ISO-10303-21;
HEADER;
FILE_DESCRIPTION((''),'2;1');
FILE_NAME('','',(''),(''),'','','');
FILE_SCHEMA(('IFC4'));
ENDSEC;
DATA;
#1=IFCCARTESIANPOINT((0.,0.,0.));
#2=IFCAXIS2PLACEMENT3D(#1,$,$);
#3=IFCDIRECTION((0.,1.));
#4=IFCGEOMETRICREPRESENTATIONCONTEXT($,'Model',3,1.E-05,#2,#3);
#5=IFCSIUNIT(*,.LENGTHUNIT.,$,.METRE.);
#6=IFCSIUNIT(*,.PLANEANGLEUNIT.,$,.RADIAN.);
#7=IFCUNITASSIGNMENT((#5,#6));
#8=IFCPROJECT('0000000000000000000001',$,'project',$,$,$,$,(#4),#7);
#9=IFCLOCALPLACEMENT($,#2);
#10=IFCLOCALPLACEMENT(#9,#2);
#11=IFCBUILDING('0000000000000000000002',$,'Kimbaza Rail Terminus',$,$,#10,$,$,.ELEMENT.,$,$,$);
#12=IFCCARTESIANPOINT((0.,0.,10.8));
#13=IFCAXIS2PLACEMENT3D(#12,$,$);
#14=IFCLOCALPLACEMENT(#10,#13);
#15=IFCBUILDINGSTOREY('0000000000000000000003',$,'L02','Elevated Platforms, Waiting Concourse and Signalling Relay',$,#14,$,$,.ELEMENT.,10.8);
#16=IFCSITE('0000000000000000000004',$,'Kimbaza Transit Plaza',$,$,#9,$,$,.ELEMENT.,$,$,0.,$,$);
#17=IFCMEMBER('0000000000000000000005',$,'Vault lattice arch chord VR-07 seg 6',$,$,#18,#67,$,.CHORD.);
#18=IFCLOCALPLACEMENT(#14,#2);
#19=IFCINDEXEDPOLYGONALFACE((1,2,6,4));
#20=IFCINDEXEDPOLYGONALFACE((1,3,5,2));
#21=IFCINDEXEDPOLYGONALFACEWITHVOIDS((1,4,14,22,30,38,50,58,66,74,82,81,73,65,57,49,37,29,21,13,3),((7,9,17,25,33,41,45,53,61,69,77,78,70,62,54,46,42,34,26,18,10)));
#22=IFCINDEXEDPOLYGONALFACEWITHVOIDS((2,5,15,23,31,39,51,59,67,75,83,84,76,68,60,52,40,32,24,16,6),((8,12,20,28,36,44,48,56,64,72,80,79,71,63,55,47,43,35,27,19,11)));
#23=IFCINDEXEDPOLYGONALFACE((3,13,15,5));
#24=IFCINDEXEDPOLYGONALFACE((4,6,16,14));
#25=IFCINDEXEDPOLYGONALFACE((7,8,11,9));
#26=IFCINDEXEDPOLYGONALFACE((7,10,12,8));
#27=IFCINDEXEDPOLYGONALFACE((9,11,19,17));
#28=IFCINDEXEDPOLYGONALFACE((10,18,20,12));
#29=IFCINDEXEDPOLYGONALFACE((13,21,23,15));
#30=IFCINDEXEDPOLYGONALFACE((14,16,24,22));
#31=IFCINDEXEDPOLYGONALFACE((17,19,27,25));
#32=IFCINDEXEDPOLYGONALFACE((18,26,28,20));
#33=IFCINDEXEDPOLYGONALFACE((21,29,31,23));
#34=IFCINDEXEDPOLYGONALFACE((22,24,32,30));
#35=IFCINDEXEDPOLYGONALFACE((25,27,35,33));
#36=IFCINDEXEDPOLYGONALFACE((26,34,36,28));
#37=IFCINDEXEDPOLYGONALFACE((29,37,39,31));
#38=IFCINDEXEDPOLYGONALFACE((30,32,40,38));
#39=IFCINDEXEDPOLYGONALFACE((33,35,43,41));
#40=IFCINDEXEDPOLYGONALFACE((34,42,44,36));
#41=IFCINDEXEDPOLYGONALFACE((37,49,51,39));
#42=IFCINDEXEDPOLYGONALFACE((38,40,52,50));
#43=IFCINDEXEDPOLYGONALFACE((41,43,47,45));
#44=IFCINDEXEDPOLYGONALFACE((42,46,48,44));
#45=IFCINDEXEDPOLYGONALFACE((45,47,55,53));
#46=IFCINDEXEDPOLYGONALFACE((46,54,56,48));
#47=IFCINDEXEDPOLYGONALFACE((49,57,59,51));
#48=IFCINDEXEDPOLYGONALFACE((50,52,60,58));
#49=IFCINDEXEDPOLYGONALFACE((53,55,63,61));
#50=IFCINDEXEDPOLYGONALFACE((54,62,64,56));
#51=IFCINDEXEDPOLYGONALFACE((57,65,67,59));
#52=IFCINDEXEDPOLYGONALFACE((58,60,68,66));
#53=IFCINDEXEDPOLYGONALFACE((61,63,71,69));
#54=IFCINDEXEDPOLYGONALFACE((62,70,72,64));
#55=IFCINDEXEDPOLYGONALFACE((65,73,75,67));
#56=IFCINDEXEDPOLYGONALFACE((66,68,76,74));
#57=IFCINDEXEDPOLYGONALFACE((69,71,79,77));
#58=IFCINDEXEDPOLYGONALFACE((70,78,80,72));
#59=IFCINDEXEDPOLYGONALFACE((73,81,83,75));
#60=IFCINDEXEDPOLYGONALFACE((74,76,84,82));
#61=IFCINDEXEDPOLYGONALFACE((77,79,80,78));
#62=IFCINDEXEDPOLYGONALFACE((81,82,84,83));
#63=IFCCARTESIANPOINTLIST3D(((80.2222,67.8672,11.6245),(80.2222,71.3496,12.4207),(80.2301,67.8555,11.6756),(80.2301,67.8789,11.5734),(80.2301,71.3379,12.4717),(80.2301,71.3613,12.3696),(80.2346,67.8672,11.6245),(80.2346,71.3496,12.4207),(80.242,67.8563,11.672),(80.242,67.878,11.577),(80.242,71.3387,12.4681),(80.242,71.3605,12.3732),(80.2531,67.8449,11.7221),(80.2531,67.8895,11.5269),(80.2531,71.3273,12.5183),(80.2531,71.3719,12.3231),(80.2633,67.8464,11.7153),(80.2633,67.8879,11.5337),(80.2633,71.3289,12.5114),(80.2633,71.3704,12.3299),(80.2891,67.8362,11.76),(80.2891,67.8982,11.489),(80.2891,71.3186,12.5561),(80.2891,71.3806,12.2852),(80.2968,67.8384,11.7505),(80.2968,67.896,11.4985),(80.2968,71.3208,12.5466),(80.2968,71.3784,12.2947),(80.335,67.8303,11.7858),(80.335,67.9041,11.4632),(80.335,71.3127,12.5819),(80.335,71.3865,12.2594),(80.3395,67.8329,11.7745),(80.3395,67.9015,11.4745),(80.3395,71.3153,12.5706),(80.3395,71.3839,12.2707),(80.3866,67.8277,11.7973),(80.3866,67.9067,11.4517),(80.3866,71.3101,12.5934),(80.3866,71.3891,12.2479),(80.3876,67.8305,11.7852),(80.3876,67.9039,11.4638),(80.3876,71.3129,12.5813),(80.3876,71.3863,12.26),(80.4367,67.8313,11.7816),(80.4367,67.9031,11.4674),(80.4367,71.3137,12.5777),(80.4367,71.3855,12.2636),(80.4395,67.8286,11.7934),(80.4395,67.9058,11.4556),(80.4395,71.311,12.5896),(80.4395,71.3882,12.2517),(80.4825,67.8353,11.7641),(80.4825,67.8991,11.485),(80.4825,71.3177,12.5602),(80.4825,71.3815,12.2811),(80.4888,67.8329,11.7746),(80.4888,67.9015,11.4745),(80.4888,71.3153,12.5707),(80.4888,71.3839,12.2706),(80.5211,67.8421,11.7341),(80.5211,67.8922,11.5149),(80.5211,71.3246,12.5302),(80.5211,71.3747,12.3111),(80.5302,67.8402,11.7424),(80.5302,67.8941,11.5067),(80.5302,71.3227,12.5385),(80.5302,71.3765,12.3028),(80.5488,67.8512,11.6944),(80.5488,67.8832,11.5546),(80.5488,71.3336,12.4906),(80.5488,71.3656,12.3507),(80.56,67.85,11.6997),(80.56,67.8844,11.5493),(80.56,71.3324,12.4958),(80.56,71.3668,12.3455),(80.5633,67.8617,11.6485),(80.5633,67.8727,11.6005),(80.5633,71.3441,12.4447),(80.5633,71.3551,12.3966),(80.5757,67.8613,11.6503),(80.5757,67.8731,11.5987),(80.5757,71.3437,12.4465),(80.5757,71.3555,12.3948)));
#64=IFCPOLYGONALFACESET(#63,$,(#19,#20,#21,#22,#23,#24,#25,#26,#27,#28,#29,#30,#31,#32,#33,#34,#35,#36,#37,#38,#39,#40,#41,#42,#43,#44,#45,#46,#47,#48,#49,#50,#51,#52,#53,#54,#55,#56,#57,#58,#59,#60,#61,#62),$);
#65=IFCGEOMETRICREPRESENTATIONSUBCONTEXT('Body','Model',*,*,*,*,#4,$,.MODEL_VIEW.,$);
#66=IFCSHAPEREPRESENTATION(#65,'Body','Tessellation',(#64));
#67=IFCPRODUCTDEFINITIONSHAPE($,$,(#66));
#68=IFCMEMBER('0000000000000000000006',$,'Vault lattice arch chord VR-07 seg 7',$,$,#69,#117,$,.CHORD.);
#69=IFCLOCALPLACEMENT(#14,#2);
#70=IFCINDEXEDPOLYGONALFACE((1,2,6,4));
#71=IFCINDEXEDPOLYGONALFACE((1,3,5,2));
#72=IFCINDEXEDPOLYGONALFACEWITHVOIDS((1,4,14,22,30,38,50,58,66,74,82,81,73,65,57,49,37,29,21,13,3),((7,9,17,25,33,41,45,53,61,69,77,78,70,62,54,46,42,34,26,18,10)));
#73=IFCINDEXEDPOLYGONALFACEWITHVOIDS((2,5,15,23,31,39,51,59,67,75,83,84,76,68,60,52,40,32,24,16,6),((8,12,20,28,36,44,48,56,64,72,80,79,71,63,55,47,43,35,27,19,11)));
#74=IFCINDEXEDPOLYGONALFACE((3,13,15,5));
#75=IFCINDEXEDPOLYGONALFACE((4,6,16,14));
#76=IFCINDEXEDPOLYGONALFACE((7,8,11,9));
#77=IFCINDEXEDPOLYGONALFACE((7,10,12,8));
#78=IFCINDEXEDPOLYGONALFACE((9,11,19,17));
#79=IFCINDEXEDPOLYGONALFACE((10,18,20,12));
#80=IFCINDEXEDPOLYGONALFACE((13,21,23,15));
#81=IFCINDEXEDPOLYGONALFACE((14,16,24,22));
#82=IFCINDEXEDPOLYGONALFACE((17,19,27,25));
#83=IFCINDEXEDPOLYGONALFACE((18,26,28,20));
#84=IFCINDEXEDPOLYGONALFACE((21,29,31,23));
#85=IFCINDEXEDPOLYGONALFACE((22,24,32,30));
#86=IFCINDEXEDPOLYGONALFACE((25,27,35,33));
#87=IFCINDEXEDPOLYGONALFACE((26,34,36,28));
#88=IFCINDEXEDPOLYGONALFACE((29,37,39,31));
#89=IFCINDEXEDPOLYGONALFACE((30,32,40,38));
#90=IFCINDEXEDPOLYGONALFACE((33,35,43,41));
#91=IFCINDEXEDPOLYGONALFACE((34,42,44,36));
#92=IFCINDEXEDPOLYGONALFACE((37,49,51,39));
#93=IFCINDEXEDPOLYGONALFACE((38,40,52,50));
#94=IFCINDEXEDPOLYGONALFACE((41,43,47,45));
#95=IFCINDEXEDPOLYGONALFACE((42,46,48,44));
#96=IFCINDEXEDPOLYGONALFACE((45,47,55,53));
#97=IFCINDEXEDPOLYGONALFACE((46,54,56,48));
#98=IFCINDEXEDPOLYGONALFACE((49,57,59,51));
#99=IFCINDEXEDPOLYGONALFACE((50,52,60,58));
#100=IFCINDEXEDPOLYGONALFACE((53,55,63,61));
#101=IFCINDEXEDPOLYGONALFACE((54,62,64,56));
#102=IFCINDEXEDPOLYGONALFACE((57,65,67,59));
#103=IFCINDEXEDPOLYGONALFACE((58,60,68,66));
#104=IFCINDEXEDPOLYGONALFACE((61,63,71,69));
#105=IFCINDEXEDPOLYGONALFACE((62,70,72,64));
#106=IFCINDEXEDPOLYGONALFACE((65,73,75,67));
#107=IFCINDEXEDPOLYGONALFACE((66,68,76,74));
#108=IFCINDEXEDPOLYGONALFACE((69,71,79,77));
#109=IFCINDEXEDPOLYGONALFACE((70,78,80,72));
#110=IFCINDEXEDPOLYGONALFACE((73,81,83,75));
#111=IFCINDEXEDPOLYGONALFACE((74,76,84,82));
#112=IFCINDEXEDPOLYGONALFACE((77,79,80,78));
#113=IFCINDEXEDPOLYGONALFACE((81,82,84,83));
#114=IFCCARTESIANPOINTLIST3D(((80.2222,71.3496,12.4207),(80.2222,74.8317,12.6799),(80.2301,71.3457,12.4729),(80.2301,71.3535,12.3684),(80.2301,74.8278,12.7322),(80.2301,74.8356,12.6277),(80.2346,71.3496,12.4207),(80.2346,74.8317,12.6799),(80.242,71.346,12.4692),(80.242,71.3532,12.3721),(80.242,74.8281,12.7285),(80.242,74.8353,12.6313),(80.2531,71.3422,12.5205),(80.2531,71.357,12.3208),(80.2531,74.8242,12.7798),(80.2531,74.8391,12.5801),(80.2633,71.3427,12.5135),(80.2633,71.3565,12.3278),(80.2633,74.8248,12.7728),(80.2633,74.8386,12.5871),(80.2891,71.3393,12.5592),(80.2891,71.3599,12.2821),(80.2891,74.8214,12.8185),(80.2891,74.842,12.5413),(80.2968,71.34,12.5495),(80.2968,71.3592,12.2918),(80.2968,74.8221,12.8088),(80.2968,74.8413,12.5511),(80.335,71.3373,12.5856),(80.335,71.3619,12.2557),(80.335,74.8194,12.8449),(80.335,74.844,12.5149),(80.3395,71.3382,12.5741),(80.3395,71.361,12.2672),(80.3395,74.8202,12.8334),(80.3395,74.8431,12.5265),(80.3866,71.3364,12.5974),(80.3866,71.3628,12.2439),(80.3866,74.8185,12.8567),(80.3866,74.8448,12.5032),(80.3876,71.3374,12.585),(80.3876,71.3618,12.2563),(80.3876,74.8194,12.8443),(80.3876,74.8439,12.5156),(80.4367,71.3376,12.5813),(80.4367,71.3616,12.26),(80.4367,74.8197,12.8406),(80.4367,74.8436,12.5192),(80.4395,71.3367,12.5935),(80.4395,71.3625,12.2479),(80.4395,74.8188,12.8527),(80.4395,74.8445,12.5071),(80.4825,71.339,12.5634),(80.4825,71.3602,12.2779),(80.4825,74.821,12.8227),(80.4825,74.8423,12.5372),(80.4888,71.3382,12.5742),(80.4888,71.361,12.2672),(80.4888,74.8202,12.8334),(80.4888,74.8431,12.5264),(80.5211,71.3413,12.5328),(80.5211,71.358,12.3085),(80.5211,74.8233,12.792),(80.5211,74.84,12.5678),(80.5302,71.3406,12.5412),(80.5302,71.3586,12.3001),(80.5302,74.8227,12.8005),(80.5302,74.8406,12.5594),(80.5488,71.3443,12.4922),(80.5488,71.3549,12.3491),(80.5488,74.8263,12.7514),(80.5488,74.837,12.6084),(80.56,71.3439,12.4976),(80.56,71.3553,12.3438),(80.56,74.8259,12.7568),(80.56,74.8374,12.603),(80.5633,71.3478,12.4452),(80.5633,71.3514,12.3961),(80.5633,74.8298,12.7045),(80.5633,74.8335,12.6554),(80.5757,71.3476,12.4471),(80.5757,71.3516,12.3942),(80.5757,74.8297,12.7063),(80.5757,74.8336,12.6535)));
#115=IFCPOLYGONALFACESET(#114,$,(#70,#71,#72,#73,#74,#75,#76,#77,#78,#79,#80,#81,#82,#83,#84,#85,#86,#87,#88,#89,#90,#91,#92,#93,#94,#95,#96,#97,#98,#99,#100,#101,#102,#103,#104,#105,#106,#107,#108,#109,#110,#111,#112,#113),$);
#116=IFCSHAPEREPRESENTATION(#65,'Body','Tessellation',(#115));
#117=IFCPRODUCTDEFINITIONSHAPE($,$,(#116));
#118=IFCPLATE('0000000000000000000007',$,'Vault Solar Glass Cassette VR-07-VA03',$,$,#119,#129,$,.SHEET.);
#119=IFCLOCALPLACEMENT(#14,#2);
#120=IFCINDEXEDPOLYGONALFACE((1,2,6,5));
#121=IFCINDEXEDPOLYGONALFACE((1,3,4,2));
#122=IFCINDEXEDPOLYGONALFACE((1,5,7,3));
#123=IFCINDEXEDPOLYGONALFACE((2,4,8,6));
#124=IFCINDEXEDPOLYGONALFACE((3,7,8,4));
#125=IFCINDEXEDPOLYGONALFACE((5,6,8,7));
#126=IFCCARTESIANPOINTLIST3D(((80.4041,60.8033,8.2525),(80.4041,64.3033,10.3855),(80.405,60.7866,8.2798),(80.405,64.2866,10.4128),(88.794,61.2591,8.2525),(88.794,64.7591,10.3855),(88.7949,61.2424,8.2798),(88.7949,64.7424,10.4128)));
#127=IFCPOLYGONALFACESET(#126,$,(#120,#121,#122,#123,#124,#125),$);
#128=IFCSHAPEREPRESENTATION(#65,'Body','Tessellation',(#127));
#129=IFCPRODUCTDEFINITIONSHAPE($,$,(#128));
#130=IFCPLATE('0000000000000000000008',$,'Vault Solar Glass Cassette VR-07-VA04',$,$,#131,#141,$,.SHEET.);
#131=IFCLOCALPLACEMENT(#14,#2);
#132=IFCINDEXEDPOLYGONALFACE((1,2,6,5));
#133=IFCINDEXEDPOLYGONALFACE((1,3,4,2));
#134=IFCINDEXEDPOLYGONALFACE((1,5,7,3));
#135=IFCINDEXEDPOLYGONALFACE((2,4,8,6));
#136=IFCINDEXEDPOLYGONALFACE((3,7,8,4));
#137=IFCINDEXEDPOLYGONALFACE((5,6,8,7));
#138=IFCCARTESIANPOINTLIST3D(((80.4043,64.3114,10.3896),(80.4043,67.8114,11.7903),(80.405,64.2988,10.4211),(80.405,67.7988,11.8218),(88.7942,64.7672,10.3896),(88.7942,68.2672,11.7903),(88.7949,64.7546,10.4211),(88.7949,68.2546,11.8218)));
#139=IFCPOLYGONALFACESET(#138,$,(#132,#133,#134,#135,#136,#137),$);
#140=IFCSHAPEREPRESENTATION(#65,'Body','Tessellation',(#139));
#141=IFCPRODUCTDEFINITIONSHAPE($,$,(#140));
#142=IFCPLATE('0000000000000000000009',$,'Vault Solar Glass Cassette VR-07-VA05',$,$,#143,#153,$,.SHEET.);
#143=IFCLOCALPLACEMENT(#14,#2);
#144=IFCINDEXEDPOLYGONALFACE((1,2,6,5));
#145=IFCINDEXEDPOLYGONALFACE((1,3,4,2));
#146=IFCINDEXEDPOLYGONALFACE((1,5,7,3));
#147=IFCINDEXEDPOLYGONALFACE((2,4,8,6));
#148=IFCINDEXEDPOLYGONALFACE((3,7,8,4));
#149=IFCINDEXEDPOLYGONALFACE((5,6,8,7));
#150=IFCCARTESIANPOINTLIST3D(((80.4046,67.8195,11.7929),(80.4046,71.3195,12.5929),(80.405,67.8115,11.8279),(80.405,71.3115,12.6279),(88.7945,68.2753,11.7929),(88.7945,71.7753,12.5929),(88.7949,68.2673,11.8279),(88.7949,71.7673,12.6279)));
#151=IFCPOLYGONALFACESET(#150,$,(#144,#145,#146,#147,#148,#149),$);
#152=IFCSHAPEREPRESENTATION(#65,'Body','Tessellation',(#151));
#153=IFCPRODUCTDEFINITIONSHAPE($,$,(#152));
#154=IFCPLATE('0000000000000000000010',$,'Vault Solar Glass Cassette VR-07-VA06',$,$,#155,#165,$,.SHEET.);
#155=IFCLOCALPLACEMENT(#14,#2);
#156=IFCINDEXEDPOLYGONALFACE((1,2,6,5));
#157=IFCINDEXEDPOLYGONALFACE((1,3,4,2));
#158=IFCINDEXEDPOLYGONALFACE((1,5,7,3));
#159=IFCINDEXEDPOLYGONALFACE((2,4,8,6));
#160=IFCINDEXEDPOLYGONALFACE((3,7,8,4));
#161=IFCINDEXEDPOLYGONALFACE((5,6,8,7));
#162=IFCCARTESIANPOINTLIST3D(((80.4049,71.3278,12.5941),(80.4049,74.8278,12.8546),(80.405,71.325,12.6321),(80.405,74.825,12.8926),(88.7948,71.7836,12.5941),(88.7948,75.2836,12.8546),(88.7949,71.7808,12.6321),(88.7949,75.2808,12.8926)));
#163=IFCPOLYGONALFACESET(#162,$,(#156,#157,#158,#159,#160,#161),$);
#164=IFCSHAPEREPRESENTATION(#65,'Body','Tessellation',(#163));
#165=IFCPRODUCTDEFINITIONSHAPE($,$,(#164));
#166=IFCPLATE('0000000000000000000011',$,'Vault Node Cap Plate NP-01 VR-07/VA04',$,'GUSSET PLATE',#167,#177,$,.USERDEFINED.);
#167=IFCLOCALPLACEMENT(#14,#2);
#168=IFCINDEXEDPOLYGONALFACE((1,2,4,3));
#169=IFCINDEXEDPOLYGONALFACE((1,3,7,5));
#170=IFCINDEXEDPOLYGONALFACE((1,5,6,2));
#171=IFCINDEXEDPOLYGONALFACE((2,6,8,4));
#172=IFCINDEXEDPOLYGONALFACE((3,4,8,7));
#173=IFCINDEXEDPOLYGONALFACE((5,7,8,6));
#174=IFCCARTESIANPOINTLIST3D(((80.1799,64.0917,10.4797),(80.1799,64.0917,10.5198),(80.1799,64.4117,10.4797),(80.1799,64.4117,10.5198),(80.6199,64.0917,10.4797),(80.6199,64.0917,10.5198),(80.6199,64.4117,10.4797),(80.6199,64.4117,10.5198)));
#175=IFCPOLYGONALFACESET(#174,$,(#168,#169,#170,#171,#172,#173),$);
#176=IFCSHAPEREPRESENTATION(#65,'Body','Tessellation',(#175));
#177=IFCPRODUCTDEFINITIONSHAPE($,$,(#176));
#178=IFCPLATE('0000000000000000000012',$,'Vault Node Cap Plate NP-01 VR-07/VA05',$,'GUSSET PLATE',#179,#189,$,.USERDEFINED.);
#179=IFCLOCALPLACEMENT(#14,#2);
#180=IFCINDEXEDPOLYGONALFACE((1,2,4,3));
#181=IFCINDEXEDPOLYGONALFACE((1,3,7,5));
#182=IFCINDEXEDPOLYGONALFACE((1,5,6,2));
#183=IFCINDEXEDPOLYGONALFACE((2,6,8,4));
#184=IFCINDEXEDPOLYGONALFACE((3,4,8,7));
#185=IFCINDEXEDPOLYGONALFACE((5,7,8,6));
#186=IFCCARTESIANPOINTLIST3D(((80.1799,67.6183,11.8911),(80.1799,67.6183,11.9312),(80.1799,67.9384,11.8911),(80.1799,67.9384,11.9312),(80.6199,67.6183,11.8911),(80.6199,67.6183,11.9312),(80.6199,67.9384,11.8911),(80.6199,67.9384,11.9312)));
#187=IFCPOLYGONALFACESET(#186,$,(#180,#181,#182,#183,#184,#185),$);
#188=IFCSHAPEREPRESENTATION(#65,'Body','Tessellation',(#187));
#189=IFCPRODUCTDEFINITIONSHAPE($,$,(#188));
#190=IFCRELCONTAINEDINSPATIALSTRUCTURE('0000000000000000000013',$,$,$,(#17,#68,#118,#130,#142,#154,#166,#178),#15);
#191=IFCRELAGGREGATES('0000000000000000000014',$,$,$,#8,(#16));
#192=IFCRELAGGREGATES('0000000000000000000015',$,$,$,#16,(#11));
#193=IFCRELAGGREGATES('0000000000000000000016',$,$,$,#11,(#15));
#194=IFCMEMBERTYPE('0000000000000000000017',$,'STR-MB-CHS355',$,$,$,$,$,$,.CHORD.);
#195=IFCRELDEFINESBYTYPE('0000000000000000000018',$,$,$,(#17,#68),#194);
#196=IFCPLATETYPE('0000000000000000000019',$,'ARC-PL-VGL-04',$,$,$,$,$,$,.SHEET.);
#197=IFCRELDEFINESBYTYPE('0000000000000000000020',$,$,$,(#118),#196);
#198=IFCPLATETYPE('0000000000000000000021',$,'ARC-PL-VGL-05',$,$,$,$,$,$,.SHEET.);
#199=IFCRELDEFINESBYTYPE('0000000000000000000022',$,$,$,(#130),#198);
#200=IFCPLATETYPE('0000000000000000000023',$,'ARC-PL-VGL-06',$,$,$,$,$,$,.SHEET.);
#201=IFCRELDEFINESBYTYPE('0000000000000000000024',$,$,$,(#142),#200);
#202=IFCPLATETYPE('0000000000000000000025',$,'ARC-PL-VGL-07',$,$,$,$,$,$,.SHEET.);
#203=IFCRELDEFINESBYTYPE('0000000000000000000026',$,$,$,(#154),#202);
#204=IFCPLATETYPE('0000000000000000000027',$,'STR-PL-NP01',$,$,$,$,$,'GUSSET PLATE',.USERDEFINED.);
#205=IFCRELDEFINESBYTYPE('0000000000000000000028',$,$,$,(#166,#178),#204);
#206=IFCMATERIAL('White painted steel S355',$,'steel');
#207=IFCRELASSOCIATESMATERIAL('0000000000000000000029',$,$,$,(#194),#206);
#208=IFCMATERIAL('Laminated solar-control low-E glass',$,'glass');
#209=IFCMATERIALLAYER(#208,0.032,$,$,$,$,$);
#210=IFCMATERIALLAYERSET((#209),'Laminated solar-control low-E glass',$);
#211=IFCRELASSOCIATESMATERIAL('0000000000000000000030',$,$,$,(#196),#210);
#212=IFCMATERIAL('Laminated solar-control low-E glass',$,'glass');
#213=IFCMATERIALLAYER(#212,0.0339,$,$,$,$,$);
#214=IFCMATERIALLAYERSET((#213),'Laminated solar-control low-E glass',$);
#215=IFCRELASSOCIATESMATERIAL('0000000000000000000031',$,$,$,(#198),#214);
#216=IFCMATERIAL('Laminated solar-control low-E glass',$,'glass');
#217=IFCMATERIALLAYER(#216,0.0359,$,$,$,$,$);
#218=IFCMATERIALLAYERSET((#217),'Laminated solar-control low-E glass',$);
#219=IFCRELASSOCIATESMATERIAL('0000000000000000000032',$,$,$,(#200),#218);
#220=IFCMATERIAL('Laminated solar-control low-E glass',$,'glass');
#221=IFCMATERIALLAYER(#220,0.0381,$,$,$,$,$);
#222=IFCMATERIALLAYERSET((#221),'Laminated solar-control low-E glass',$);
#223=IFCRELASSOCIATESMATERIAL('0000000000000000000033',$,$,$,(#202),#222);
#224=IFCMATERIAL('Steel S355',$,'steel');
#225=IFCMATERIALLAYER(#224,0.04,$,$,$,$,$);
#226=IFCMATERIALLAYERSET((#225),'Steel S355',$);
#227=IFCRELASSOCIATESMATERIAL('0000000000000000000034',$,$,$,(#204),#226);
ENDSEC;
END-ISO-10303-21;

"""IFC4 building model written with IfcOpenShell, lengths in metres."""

from ifc_helpers import new_model, si_unit, direction, frame, origin, origin_2d, place, context, subcontext, project, spatial, polyline, rectangle, hollow_circle, outline, extrude, material, layer, layer_set, material_profile, profile_set, type_object, element, save


model = new_model("IFC4")

# Units and contexts
model_context = context("Model", 3, precision=1e-05, world=origin(), true_north=direction((0.0, 1.0)))
body_context = subcontext(model_context, "Body", "Model", "MODEL_VIEW")
ifc_project = project(units=[si_unit("LENGTHUNIT", "METRE"), si_unit("PLANEANGLEUNIT", "RADIAN")], contexts=[model_context])

# Site, building, storey
site_placement = place(None, origin())
site = spatial("IfcSite", under=ifc_project, at=site_placement, Name="Kimbaza Transit Plaza", CompositionType="ELEMENT", RefElevation=0.0)
building_placement = place(site_placement, origin())
building = spatial("IfcBuilding", under=site, at=building_placement, Name="Kimbaza Rail Terminus", CompositionType="ELEMENT")
storey_placement = place(building_placement, frame((0.0, 0.0, 10.8)))
storey = spatial("IfcBuildingStorey", under=building, at=storey_placement, Name="L02", Description="Elevated Platforms, Waiting Concourse and Signalling Relay", CompositionType="ELEMENT", Elevation=10.8)

# Members
ifc_material_1 = material(Name="White painted steel S355", Category="steel")
ifc_material_profile_1 = material_profile(ifc_material_1, hollow_circle(Radius=0.1777, WallThickness=0.0125, at=origin_2d()), Name="CHS 355.6x12.5")
ifc_profile_set_1 = profile_set([ifc_material_profile_1], Name="White painted steel S355")
member_type_1 = type_object("IfcMemberType", Name="STR-MB-CHS355", PredefinedType="CHORD", material=ifc_profile_set_1)
member_1_placement = place(storey_placement, frame((80.3999, 67.8672, 11.6245), z_axis=(0.0, 0.974849, 0.222867), x_axis=(-1.0, 0.0, 0.0)))
element("IfcMember", 1, at=member_1_placement, inside=storey, type_object=member_type_1, Name="Vault lattice arch chord VR-07 seg 6", PredefinedType="CHORD", context=body_context, shape_type="SweptSolid", body=[
    extrude(hollow_circle(Radius=0.1777, WallThickness=0.0125, at=origin_2d()), origin(), (0.0, 0.0, 1.0), 3.5723),
])
member_2_placement = place(storey_placement, frame((80.3999, 71.3496, 12.4207), z_axis=(0.0, 0.997239, 0.074253), x_axis=(-1.0, 0.0, 0.0)))
element("IfcMember", 2, at=member_2_placement, inside=storey, type_object=member_type_1, Name="Vault lattice arch chord VR-07 seg 7", PredefinedType="CHORD", context=body_context, shape_type="SweptSolid", body=[
    extrude(hollow_circle(Radius=0.1777, WallThickness=0.0125, at=origin_2d()), origin(), (0.0, 0.0, 1.0), 3.4917),
])

# Plates
ifc_material_2 = material(Name="Laminated solar-control low-E glass", Category="glass")
ifc_layer_1 = layer(ifc_material_2, 0.032)
ifc_layer_set_1 = layer_set([ifc_layer_1], Name="Laminated solar-control low-E glass")
plate_type_1 = type_object("IfcPlateType", Name="ARC-PL-VGL-04", PredefinedType="SHEET", material=ifc_layer_set_1)
plate_1_placement = place(storey_placement, frame((80.405, 60.7866, 8.2798), z_axis=(0.028262, -0.520206, 0.853573), x_axis=(0.998527, 0.054249, 0.0)))
element("IfcPlate", 3, at=plate_1_placement, inside=storey, type_object=plate_type_1, Name="Vault Solar Glass Cassette VR-07-VA03", PredefinedType="SHEET", context=body_context, shape_type="SweptSolid", body=[
    extrude(outline(polyline([(0.0, 0.0), (8.4023, 0.0), (8.5921, 4.0944), (0.1899, 4.0944), (0.0, 0.0)])), origin(), (0.0, 0.0, -1.0), 0.032),
])
ifc_material_3 = material(Name="Laminated solar-control low-E glass", Category="glass")
ifc_layer_2 = layer(ifc_material_3, 0.0339)
ifc_layer_set_2 = layer_set([ifc_layer_2], Name="Laminated solar-control low-E glass")
plate_type_2 = type_object("IfcPlateType", Name="ARC-PL-VGL-05", PredefinedType="SHEET", material=ifc_layer_set_2)
plate_2_placement = place(storey_placement, frame((80.405, 64.2988, 10.4211), z_axis=(0.020181, -0.37146, 0.92823), x_axis=(0.998527, 0.054249, 0.0)))
element("IfcPlate", 4, at=plate_2_placement, inside=storey, type_object=plate_type_2, Name="Vault Solar Glass Cassette VR-07-VA04", PredefinedType="SHEET", context=body_context, shape_type="SweptSolid", body=[
    extrude(outline(polyline([(0.0, 0.0), (8.4023, 0.0), (8.5921, 3.7651), (0.1899, 3.7651), (0.0, 0.0)])), origin(), (0.0, 0.0, -1.0), 0.0339),
])
ifc_material_4 = material(Name="Laminated solar-control low-E glass", Category="glass")
ifc_layer_3 = layer(ifc_material_4, 0.0359)
ifc_layer_set_3 = layer_set([ifc_layer_3], Name="Laminated solar-control low-E glass")
plate_type_3 = type_object("IfcPlateType", Name="ARC-PL-VGL-06", PredefinedType="SHEET", material=ifc_layer_set_3)
plate_3_placement = place(storey_placement, frame((80.405, 67.8115, 11.8279), z_axis=(0.012106, -0.222821, 0.974784), x_axis=(0.998527, 0.054249, 0.0)))
element("IfcPlate", 5, at=plate_3_placement, inside=storey, type_object=plate_type_3, Name="Vault Solar Glass Cassette VR-07-VA05", PredefinedType="SHEET", context=body_context, shape_type="SweptSolid", body=[
    extrude(outline(polyline([(0.0, 0.0), (8.4023, 0.0), (8.5921, 3.5853), (0.1899, 3.5853), (0.0, 0.0)])), origin(), (0.0, 0.0, -1.0), 0.0359),
])
ifc_material_5 = material(Name="Laminated solar-control low-E glass", Category="glass")
ifc_layer_4 = layer(ifc_material_5, 0.0381)
ifc_layer_set_4 = layer_set([ifc_layer_4], Name="Laminated solar-control low-E glass")
plate_type_4 = type_object("IfcPlateType", Name="ARC-PL-VGL-07", PredefinedType="SHEET", material=ifc_layer_set_4)
plate_4_placement = place(storey_placement, frame((80.405, 71.325, 12.6321), z_axis=(0.004032, -0.074222, 0.997234), x_axis=(0.998527, 0.054249, 0.0)))
element("IfcPlate", 6, at=plate_4_placement, inside=storey, type_object=plate_type_4, Name="Vault Solar Glass Cassette VR-07-VA06", PredefinedType="SHEET", context=body_context, shape_type="SweptSolid", body=[
    extrude(outline(polyline([(0.0, 0.0), (8.4023, 0.0), (8.5921, 3.5045), (0.1899, 3.5045), (0.0, 0.0)])), origin(), (0.0, 0.0, -1.0), 0.0381),
])
ifc_material_6 = material(Name="Steel S355", Category="steel")
ifc_layer_5 = layer(ifc_material_6, 0.04)
ifc_layer_set_5 = layer_set([ifc_layer_5], Name="Steel S355")
plate_type_5 = type_object("IfcPlateType", Name="STR-PL-NP01", ElementType="GUSSET PLATE", PredefinedType="USERDEFINED", material=ifc_layer_set_5)
for number, where, z_axis, x_axis, name in (
    (7, (80.3999, 64.2517, 10.4797), (0.0, 0.0, 1.0), (1.0, 0.0, 0.0), "Vault Node Cap Plate NP-01 VR-07/VA04"),
    (8, (80.3999, 67.7783, 11.8911), (0.0, 0.0, 1.0), (1.0, 0.0, 0.0), "Vault Node Cap Plate NP-01 VR-07/VA05"),
):
    element("IfcPlate", number, at=place(storey_placement, frame(where, z_axis=z_axis, x_axis=x_axis)), inside=storey, type_object=plate_type_5, Name=name, ObjectType="GUSSET PLATE", PredefinedType="USERDEFINED", context=body_context, shape_type="SweptSolid", body=[
        extrude(rectangle(XDim=0.4399, YDim=0.3201, at=origin_2d()), origin(), (0.0, 0.0, 1.0), 0.04),
    ])

save(model, "model.ifc")
